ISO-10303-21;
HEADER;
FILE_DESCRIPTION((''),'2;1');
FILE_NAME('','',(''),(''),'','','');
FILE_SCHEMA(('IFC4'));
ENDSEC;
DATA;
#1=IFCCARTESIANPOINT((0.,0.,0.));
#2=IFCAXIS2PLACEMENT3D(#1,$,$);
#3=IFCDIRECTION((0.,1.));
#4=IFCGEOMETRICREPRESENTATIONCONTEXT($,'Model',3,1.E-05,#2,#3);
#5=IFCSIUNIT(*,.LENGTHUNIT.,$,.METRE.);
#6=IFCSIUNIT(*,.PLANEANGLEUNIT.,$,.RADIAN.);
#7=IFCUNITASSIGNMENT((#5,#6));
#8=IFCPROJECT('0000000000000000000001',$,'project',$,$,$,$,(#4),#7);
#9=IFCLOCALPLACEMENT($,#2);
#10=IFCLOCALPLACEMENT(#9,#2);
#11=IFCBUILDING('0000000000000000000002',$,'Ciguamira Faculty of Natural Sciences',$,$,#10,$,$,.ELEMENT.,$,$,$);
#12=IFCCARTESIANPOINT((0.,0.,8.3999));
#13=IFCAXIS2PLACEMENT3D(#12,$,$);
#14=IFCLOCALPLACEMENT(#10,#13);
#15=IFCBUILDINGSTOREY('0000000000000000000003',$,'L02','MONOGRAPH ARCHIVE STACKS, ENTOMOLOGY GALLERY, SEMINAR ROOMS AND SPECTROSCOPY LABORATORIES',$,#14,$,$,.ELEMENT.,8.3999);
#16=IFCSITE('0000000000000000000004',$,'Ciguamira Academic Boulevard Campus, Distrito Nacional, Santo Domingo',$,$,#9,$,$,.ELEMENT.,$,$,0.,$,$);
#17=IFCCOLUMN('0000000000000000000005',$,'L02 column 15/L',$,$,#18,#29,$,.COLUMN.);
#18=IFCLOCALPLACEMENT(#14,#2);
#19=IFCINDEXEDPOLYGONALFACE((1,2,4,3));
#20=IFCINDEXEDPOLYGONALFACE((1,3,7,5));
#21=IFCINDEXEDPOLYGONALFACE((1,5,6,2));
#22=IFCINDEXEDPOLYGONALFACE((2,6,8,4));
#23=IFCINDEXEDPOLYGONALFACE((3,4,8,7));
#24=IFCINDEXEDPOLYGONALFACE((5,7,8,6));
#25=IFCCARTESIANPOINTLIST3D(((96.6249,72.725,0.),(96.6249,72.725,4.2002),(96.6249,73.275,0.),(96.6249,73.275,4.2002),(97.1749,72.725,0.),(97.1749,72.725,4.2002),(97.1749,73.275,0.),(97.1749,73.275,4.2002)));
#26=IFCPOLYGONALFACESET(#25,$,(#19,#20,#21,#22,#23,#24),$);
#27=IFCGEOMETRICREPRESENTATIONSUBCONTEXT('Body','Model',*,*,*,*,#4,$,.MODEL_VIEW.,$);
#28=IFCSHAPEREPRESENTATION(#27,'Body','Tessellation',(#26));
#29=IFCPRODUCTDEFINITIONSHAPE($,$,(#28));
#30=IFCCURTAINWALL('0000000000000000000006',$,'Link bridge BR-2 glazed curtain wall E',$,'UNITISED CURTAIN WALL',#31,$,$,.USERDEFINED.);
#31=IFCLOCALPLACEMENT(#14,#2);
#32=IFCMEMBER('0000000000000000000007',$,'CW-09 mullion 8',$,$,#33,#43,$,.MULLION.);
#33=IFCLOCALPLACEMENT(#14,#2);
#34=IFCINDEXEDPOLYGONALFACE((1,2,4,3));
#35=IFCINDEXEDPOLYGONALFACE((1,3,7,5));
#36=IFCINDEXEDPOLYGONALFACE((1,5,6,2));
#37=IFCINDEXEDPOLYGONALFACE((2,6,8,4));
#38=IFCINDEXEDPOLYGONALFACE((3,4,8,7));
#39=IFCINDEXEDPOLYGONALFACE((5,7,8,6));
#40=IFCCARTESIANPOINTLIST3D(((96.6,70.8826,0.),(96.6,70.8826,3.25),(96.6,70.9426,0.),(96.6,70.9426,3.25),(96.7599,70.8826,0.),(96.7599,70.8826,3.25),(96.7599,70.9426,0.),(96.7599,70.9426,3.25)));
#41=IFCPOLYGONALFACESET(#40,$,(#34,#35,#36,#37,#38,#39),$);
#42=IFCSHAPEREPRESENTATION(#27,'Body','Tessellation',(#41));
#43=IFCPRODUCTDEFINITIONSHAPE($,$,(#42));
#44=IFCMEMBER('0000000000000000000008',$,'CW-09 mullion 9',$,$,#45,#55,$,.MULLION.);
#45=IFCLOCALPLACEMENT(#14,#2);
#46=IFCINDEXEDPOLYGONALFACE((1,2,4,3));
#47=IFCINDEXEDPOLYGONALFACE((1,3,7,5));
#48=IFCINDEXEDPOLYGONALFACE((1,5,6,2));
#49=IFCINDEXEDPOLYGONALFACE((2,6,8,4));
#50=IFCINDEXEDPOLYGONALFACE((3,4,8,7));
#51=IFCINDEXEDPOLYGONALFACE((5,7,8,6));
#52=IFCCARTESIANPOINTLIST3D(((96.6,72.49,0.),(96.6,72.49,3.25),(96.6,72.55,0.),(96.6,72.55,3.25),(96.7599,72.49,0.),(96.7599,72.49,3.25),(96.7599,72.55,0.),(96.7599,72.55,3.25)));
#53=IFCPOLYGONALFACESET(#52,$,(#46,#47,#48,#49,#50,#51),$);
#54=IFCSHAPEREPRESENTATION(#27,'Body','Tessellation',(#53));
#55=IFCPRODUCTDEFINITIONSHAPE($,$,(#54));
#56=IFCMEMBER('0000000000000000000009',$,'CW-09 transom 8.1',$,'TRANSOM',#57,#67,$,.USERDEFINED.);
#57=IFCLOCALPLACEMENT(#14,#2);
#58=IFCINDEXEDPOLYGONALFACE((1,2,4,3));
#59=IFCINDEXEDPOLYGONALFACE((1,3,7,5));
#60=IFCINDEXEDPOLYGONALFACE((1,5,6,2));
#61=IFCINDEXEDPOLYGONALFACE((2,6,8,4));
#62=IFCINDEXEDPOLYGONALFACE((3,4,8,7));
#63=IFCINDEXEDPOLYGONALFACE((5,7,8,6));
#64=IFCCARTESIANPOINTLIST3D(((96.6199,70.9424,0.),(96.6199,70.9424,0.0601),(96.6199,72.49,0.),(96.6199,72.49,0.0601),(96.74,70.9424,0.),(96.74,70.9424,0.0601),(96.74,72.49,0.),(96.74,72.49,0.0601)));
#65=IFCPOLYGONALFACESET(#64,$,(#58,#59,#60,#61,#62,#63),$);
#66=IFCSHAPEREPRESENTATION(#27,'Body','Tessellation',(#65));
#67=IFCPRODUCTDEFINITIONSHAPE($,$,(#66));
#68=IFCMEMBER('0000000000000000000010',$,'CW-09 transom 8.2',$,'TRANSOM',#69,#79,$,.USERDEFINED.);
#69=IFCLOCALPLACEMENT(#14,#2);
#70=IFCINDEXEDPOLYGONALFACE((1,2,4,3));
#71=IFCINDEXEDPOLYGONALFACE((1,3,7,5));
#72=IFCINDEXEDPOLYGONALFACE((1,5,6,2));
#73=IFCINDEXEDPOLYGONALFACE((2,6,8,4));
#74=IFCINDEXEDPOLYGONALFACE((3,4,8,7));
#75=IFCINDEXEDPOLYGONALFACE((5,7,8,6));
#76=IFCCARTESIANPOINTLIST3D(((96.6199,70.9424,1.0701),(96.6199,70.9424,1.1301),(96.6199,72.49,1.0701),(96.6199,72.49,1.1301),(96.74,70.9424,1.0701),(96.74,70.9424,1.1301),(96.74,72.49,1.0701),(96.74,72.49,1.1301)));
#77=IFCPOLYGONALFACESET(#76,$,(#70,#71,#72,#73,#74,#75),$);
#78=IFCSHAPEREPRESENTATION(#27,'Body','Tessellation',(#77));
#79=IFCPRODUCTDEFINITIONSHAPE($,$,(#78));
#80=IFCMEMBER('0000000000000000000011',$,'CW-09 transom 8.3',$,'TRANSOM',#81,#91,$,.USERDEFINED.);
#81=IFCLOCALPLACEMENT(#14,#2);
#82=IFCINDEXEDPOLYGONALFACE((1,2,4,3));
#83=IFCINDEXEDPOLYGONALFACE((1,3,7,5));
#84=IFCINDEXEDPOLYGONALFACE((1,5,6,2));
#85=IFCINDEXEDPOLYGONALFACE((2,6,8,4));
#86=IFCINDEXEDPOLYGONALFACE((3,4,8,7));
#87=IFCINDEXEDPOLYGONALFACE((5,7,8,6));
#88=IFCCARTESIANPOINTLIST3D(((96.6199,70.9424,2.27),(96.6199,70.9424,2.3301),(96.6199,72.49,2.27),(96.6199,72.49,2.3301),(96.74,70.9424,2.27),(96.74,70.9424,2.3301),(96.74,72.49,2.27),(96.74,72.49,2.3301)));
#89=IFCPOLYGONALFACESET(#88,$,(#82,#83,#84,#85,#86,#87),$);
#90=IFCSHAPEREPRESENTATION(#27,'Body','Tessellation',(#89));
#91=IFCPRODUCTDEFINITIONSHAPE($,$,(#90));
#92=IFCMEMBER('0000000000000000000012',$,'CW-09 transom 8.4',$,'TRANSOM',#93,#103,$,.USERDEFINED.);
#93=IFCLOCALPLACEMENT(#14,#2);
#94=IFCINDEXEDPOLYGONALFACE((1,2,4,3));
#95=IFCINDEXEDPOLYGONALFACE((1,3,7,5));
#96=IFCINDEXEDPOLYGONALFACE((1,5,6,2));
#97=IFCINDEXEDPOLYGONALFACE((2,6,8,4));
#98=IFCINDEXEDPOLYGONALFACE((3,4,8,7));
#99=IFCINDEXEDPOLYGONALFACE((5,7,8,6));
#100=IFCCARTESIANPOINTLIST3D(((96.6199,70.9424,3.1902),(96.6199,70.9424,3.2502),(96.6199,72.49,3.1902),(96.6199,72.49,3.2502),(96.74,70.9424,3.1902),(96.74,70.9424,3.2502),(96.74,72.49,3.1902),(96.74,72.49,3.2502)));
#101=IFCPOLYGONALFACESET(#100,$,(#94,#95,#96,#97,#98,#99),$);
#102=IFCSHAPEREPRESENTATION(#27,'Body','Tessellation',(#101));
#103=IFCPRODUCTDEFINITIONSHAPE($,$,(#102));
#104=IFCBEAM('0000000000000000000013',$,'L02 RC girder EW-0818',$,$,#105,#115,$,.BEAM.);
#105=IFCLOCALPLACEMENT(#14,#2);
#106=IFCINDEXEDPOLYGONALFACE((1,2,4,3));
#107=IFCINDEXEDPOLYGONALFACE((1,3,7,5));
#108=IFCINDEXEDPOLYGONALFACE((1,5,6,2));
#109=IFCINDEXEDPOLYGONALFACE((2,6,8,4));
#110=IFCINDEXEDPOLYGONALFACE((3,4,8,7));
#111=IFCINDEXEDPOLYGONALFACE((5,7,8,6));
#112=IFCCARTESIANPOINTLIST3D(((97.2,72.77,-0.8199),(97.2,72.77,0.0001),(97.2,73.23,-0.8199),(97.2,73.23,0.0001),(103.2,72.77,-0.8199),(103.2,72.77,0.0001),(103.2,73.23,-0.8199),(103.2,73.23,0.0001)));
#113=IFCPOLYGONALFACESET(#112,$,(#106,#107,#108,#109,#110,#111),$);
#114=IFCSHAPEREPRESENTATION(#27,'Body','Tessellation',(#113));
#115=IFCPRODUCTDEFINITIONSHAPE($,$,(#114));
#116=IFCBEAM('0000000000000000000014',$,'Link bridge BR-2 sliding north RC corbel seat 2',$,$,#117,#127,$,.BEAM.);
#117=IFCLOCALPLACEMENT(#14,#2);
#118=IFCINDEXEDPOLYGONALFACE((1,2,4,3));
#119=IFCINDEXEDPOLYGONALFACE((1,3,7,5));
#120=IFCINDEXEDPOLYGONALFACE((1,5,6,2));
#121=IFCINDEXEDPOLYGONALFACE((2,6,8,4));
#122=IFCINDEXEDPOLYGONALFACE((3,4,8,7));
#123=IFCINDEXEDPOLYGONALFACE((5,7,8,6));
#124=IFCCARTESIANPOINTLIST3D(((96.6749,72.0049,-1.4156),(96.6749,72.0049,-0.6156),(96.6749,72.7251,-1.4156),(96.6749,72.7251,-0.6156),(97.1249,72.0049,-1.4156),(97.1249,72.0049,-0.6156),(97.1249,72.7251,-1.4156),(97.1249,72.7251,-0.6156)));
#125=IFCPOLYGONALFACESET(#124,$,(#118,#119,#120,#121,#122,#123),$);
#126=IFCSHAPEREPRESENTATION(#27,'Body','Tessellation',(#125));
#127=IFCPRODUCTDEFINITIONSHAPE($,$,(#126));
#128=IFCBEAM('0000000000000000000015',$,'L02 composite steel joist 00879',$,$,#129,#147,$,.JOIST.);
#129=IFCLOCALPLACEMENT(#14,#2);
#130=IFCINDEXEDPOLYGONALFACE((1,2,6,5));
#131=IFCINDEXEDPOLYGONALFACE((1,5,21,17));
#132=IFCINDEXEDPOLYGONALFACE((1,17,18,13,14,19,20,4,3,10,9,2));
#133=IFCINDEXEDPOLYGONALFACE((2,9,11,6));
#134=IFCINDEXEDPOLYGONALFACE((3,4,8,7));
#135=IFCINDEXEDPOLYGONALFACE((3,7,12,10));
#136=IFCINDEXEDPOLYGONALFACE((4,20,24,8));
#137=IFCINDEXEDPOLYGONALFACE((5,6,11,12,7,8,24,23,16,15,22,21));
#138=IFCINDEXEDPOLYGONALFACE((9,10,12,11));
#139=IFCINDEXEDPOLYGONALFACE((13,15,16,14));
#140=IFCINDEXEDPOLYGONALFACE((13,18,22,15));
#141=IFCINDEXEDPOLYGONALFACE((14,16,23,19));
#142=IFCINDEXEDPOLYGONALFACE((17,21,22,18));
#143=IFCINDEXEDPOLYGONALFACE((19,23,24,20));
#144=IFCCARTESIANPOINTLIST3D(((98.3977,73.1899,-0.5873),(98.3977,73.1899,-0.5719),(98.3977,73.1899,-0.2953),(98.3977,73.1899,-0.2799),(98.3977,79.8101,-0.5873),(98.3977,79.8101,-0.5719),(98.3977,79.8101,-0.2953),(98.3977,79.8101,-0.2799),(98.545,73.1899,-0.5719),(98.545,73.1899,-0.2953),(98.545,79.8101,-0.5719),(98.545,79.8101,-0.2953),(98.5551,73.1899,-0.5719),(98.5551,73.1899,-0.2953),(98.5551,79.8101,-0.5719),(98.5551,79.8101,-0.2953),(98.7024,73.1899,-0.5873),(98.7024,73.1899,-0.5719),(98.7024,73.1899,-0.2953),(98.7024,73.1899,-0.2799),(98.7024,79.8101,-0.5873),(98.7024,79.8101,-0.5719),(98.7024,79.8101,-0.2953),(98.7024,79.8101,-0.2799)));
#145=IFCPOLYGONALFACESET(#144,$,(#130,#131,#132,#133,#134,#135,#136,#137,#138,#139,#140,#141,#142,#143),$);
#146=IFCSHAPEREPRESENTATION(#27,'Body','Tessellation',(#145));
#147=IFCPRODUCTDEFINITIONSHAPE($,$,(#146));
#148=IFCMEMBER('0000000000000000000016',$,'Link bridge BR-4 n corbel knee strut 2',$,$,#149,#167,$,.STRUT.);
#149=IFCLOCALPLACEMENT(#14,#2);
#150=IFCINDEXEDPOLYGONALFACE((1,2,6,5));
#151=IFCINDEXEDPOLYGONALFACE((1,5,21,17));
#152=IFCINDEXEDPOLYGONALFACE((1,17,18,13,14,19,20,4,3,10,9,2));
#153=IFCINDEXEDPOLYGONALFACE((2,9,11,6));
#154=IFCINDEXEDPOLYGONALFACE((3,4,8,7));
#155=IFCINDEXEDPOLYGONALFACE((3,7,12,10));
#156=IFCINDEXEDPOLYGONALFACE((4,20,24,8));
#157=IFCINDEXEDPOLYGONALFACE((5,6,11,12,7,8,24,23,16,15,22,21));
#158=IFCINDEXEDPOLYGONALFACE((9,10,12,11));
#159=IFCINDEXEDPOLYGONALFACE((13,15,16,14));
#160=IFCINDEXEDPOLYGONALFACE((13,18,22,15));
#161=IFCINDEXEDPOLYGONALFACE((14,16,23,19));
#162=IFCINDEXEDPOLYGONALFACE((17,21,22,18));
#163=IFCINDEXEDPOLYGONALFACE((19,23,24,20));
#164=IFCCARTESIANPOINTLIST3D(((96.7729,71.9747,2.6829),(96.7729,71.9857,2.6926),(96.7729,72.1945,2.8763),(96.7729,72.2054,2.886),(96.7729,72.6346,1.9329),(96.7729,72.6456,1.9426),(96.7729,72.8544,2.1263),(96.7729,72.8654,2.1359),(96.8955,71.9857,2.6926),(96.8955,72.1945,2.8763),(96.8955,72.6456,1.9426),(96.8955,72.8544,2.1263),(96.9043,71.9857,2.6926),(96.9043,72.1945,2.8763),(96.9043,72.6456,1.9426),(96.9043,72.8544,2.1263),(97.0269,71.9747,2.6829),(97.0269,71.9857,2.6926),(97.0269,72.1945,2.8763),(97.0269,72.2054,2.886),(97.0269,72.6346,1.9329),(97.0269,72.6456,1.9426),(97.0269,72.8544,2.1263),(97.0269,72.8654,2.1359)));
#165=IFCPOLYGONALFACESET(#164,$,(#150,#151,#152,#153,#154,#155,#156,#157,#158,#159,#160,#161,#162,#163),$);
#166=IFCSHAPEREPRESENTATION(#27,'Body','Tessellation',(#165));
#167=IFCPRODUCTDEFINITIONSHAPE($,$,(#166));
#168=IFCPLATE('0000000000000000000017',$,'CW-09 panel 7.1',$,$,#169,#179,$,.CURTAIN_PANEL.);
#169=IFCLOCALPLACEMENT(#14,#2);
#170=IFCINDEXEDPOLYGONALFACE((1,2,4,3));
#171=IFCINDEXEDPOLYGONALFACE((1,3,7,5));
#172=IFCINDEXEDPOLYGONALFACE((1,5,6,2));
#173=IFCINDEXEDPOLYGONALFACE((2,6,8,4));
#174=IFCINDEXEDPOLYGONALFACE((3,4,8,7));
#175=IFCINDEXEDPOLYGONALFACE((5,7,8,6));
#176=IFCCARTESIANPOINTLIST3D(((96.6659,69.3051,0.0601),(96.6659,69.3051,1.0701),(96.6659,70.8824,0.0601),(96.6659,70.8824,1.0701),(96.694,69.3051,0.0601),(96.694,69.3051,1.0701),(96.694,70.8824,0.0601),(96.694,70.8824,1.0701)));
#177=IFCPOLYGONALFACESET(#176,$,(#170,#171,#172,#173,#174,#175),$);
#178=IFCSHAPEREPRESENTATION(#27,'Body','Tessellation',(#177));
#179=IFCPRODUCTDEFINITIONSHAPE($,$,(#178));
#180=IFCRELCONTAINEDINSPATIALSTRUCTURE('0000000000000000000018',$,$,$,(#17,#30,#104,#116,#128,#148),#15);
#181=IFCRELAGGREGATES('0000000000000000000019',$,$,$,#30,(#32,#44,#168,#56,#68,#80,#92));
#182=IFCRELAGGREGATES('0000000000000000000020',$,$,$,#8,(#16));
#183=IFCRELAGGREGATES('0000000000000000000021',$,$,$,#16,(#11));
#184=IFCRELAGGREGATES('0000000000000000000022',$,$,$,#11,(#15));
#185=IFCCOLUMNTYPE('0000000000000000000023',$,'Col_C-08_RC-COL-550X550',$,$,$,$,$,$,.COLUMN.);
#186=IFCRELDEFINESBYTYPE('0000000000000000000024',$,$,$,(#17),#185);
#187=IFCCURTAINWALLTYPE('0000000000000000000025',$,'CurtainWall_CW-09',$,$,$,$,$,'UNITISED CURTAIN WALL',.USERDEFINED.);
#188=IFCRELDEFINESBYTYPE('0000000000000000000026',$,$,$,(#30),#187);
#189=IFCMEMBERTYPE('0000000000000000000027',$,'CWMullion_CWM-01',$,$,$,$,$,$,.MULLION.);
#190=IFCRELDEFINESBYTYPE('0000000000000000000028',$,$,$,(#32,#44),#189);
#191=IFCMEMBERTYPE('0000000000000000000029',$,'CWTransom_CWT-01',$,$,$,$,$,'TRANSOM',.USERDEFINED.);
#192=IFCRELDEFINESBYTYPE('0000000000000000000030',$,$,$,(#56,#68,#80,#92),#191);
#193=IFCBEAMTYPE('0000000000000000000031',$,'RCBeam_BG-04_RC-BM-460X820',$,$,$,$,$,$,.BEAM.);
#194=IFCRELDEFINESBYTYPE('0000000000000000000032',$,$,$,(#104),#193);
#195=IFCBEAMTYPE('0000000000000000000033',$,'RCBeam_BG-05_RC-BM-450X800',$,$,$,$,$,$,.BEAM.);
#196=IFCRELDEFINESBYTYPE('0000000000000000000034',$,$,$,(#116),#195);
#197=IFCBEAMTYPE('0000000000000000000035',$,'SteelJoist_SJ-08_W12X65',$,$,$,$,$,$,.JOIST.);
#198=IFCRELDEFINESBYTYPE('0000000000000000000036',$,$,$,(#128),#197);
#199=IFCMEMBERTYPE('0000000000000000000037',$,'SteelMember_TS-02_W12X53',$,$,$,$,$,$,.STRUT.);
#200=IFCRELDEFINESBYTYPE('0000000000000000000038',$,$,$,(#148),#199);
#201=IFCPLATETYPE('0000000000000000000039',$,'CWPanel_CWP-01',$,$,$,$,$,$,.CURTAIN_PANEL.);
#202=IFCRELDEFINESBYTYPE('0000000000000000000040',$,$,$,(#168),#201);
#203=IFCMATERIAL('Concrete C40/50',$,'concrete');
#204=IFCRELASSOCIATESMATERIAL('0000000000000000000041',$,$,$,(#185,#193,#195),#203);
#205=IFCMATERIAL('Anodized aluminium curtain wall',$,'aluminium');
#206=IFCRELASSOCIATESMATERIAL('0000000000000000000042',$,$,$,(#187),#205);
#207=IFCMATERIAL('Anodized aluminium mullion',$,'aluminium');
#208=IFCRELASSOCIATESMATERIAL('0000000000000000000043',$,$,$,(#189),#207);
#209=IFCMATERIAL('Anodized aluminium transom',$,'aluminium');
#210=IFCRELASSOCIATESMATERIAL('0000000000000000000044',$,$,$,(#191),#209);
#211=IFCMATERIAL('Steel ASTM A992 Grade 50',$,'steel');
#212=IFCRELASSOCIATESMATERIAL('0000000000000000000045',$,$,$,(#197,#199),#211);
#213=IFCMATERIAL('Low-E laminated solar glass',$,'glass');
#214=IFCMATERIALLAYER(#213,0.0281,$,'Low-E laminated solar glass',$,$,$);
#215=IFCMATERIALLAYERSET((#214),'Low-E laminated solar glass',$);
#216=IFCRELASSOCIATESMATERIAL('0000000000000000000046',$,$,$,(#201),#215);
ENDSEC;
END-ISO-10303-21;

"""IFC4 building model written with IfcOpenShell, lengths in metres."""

from ifc_helpers import new_model, si_unit, direction, frame, origin, origin_2d, place, context, subcontext, project, spatial, rectangle, i_section, extrude, material, layer, layer_set, material_profile, profile_set, type_object, element, aggregate, save


model = new_model("IFC4")

# Units and contexts
model_context = context("Model", 3, precision=1e-05, world=origin(), true_north=direction((0.0, 1.0)))
body_context = subcontext(model_context, "Body", "Model", "MODEL_VIEW")
ifc_project = project(units=[si_unit("LENGTHUNIT", "METRE"), si_unit("PLANEANGLEUNIT", "RADIAN")], contexts=[model_context])

# Site, building, storey
site_placement = place(None, origin())
site = spatial("IfcSite", under=ifc_project, at=site_placement, Name="Ciguamira Academic Boulevard Campus, Distrito Nacional, Santo Domingo", CompositionType="ELEMENT", RefElevation=0.0)
building_placement = place(site_placement, origin())
building = spatial("IfcBuilding", under=site, at=building_placement, Name="Ciguamira Faculty of Natural Sciences", CompositionType="ELEMENT")
storey_placement = place(building_placement, frame((0.0, 0.0, 8.3999)))
storey = spatial("IfcBuildingStorey", under=building, at=storey_placement, Name="L02", Description="MONOGRAPH ARCHIVE STACKS, ENTOMOLOGY GALLERY, SEMINAR ROOMS AND SPECTROSCOPY LABORATORIES", CompositionType="ELEMENT", Elevation=8.3999)

# Column
ifc_material_1 = material(Name="Concrete C40/50", Category="concrete")
ifc_material_profile_1 = material_profile(ifc_material_1, rectangle(XDim=0.55, YDim=0.55, at=origin_2d()), Name="RC-COL-550X550")
ifc_profile_set_1 = profile_set([ifc_material_profile_1], Name="Concrete C40/50")
column_type = type_object("IfcColumnType", Name="Col_C-08_RC-COL-550X550", PredefinedType="COLUMN", material=ifc_profile_set_1)
column_placement = place(storey_placement, frame((96.8999, 73.0, 0.0), z_axis=(0.0, 0.0, 1.0), x_axis=(1.0, 0.0, 0.0)))
element("IfcColumn", 1, at=column_placement, inside=storey, type_object=column_type, Name="L02 column 15/L", PredefinedType="COLUMN", context=body_context, shape_type="SweptSolid", body=[
    extrude(rectangle(XDim=0.55, YDim=0.55, at=origin_2d()), origin(), (0.0, 0.0, 1.0), 4.2002),
])

# Curtain wall, members
ifc_material_2 = material(Name="Anodized aluminium curtain wall", Category="aluminium")
curtain_wall_type = type_object("IfcCurtainWallType", Name="CurtainWall_CW-09", ElementType="UNITISED CURTAIN WALL", PredefinedType="USERDEFINED", material=ifc_material_2)
curtain_wall_placement = place(storey_placement, origin())
curtain_wall = element("IfcCurtainWall", 2, at=curtain_wall_placement, inside=storey, type_object=curtain_wall_type, Name="Link bridge BR-2 glazed curtain wall E", ObjectType="UNITISED CURTAIN WALL", PredefinedType="USERDEFINED")
ifc_material_3 = material(Name="Anodized aluminium mullion", Category="aluminium")
ifc_material_profile_2 = material_profile(ifc_material_3, rectangle(XDim=0.0601, YDim=0.1599, at=origin_2d()), Name="ALU-MUL-60X160")
ifc_profile_set_2 = profile_set([ifc_material_profile_2], Name="Anodized aluminium mullion")
member_type_1 = type_object("IfcMemberType", Name="CWMullion_CWM-01", PredefinedType="MULLION", material=ifc_profile_set_2)
member_1_placement = place(storey_placement, frame((96.6799, 70.9126, 0.0), z_axis=(0.0, 0.0, 1.0), x_axis=(0.0, 1.0, 0.0)))
member_1 = element("IfcMember", 3, at=member_1_placement, type_object=member_type_1, Name="CW-09 mullion 8", PredefinedType="MULLION", context=body_context, shape_type="SweptSolid", body=[
    extrude(rectangle(XDim=0.0601, YDim=0.1599, at=origin_2d()), origin(), (0.0, 0.0, 1.0), 3.25),
])
member_2_placement = place(storey_placement, frame((96.6799, 72.52, 0.0), z_axis=(0.0, 0.0, 1.0), x_axis=(0.0, 1.0, 0.0)))
member_2 = element("IfcMember", 4, at=member_2_placement, type_object=member_type_1, Name="CW-09 mullion 9", PredefinedType="MULLION", context=body_context, shape_type="SweptSolid", body=[
    extrude(rectangle(XDim=0.0601, YDim=0.1599, at=origin_2d()), origin(), (0.0, 0.0, 1.0), 3.25),
])
ifc_material_4 = material(Name="Anodized aluminium transom", Category="aluminium")
ifc_material_profile_3 = material_profile(ifc_material_4, rectangle(XDim=0.0601, YDim=0.1201, at=origin_2d()), Name="ALU-TRN-60X120")
ifc_profile_set_3 = profile_set([ifc_material_profile_3], Name="Anodized aluminium transom")
member_type_2 = type_object("IfcMemberType", Name="CWTransom_CWT-01", ElementType="TRANSOM", PredefinedType="USERDEFINED", material=ifc_profile_set_3)
member_3_placement = place(storey_placement, frame((96.6799, 70.9424, 0.03), z_axis=(0.0, 1.0, 0.0), x_axis=(0.0, 0.0, 1.0)))
member_3 = element("IfcMember", 5, at=member_3_placement, type_object=member_type_2, Name="CW-09 transom 8.1", ObjectType="TRANSOM", PredefinedType="USERDEFINED", context=body_context, shape_type="SweptSolid", body=[
    extrude(rectangle(XDim=0.0601, YDim=0.1201, at=origin_2d()), origin(), (0.0, 0.0, 1.0), 1.5476),
])
member_4_placement = place(storey_placement, frame((96.6799, 70.9424, 1.1001), z_axis=(0.0, 1.0, 0.0), x_axis=(0.0, 0.0, 1.0)))
member_4 = element("IfcMember", 6, at=member_4_placement, type_object=member_type_2, Name="CW-09 transom 8.2", ObjectType="TRANSOM", PredefinedType="USERDEFINED", context=body_context, shape_type="SweptSolid", body=[
    extrude(rectangle(XDim=0.0601, YDim=0.1201, at=origin_2d()), origin(), (0.0, 0.0, 1.0), 1.5476),
])
member_5_placement = place(storey_placement, frame((96.6799, 70.9424, 2.3), z_axis=(0.0, 1.0, 0.0), x_axis=(0.0, 0.0, 1.0)))
member_5 = element("IfcMember", 7, at=member_5_placement, type_object=member_type_2, Name="CW-09 transom 8.3", ObjectType="TRANSOM", PredefinedType="USERDEFINED", context=body_context, shape_type="SweptSolid", body=[
    extrude(rectangle(XDim=0.0601, YDim=0.1201, at=origin_2d()), origin(), (0.0, 0.0, 1.0), 1.5476),
])
member_6_placement = place(storey_placement, frame((96.6799, 70.9424, 3.2202), z_axis=(0.0, 1.0, 0.0), x_axis=(0.0, 0.0, 1.0)))
member_6 = element("IfcMember", 8, at=member_6_placement, type_object=member_type_2, Name="CW-09 transom 8.4", ObjectType="TRANSOM", PredefinedType="USERDEFINED", context=body_context, shape_type="SweptSolid", body=[
    extrude(rectangle(XDim=0.0601, YDim=0.1201, at=origin_2d()), origin(), (0.0, 0.0, 1.0), 1.5476),
])

# Beams
ifc_material_profile_4 = material_profile(ifc_material_1, rectangle(XDim=0.46, YDim=0.8201, at=origin_2d()), Name="RC-BM-460X820")
ifc_profile_set_4 = profile_set([ifc_material_profile_4], Name="Concrete C40/50")
beam_type_1 = type_object("IfcBeamType", Name="RCBeam_BG-04_RC-BM-460X820", PredefinedType="BEAM", material=ifc_profile_set_4)
beam_1_placement = place(storey_placement, frame((97.2, 73.0, -0.4099), z_axis=(1.0, 0.0, 0.0), x_axis=(0.0, 1.0, 0.0)))
element("IfcBeam", 9, at=beam_1_placement, inside=storey, type_object=beam_type_1, Name="L02 RC girder EW-0818", PredefinedType="BEAM", context=body_context, shape_type="SweptSolid", body=[
    extrude(rectangle(XDim=0.46, YDim=0.8201, at=origin_2d()), origin(), (0.0, 0.0, 1.0), 6.0),
])
ifc_material_profile_5 = material_profile(ifc_material_1, rectangle(XDim=0.45, YDim=0.8, at=origin_2d()), Name="RC-BM-450X800")
ifc_profile_set_5 = profile_set([ifc_material_profile_5], Name="Concrete C40/50")
beam_type_2 = type_object("IfcBeamType", Name="RCBeam_BG-05_RC-BM-450X800", PredefinedType="BEAM", material=ifc_profile_set_5)
beam_2_placement = place(storey_placement, frame((96.8999, 72.0049, -1.0156), z_axis=(0.0, 1.0, 0.0), x_axis=(-1.0, 0.0, 0.0)))
element("IfcBeam", 10, at=beam_2_placement, inside=storey, type_object=beam_type_2, Name="Link bridge BR-2 sliding north RC corbel seat 2", PredefinedType="BEAM", context=body_context, shape_type="SweptSolid", body=[
    extrude(rectangle(XDim=0.45, YDim=0.8, at=origin_2d()), origin(), (0.0, 0.0, 1.0), 0.7202),
])
ifc_material_5 = material(Name="Steel ASTM A992 Grade 50", Category="steel")
ifc_material_profile_6 = material_profile(ifc_material_5, i_section(OverallWidth=0.3047, OverallDepth=0.3074, WebThickness=0.01, FlangeThickness=0.0154, at=origin_2d()), Name="W12X65")
ifc_profile_set_6 = profile_set([ifc_material_profile_6], Name="Steel ASTM A992 Grade 50")
beam_type_3 = type_object("IfcBeamType", Name="SteelJoist_SJ-08_W12X65", PredefinedType="JOIST", material=ifc_profile_set_6)
beam_3_placement = place(storey_placement, frame((98.55, 73.1899, -0.4336), z_axis=(0.0, 1.0, 0.0), x_axis=(-1.0, 0.0, 0.0)))
element("IfcBeam", 11, at=beam_3_placement, inside=storey, type_object=beam_type_3, Name="L02 composite steel joist 00879", PredefinedType="JOIST", context=body_context, shape_type="SweptSolid", body=[
    extrude(i_section(OverallWidth=0.3047, OverallDepth=0.3074, WebThickness=0.01, FlangeThickness=0.0154, at=origin_2d()), origin(), (0.0, 0.0, 1.0), 6.6201),
])

# Member
ifc_material_profile_7 = material_profile(ifc_material_5, i_section(OverallWidth=0.2539, OverallDepth=0.3074, WebThickness=0.0088, FlangeThickness=0.0146, at=origin_2d()), Name="W12X53")
ifc_profile_set_7 = profile_set([ifc_material_profile_7], Name="Steel ASTM A992 Grade 50")
member_type_3 = type_object("IfcMemberType", Name="SteelMember_TS-02_W12X53", PredefinedType="STRUT", material=ifc_profile_set_7)
member_7_placement = place(storey_placement, frame((96.8999, 72.75, 2.0344), z_axis=(0.0, -0.660578, 0.750757), x_axis=(1.0, 0.0, 0.0)))
element("IfcMember", 12, at=member_7_placement, inside=storey, type_object=member_type_3, Name="Link bridge BR-4 n corbel knee strut 2", PredefinedType="STRUT", context=body_context, shape_type="SweptSolid", body=[
    extrude(i_section(OverallWidth=0.2539, OverallDepth=0.3074, WebThickness=0.0088, FlangeThickness=0.0146, at=origin_2d()), origin(), (0.0, 0.0, 1.0), 0.999),
])

# Plate
ifc_material_6 = material(Name="Low-E laminated solar glass", Category="glass")
ifc_layer_1 = layer(ifc_material_6, 0.0281, Name="Low-E laminated solar glass")
ifc_layer_set_1 = layer_set([ifc_layer_1], Name="Low-E laminated solar glass")
plate_type_1 = type_object("IfcPlateType", Name="CWPanel_CWP-01", PredefinedType="CURTAIN_PANEL", material=ifc_layer_set_1)
plate_1_placement = place(storey_placement, frame((96.6799, 70.0938, 0.0601), z_axis=(0.0, 0.0, 1.0), x_axis=(0.0, 1.0, 0.0)))
plate_1 = element("IfcPlate", 13, at=plate_1_placement, type_object=plate_type_1, Name="CW-09 panel 7.1", PredefinedType="CURTAIN_PANEL", context=body_context, shape_type="SweptSolid", body=[
    extrude(rectangle(XDim=1.5774, YDim=0.0281, at=origin_2d()), origin(), (0.0, 0.0, 1.0), 1.01),
])
aggregate(curtain_wall, [member_1, member_2, plate_1, member_3, member_4, member_5, member_6])

save(model, "model.ifc")
